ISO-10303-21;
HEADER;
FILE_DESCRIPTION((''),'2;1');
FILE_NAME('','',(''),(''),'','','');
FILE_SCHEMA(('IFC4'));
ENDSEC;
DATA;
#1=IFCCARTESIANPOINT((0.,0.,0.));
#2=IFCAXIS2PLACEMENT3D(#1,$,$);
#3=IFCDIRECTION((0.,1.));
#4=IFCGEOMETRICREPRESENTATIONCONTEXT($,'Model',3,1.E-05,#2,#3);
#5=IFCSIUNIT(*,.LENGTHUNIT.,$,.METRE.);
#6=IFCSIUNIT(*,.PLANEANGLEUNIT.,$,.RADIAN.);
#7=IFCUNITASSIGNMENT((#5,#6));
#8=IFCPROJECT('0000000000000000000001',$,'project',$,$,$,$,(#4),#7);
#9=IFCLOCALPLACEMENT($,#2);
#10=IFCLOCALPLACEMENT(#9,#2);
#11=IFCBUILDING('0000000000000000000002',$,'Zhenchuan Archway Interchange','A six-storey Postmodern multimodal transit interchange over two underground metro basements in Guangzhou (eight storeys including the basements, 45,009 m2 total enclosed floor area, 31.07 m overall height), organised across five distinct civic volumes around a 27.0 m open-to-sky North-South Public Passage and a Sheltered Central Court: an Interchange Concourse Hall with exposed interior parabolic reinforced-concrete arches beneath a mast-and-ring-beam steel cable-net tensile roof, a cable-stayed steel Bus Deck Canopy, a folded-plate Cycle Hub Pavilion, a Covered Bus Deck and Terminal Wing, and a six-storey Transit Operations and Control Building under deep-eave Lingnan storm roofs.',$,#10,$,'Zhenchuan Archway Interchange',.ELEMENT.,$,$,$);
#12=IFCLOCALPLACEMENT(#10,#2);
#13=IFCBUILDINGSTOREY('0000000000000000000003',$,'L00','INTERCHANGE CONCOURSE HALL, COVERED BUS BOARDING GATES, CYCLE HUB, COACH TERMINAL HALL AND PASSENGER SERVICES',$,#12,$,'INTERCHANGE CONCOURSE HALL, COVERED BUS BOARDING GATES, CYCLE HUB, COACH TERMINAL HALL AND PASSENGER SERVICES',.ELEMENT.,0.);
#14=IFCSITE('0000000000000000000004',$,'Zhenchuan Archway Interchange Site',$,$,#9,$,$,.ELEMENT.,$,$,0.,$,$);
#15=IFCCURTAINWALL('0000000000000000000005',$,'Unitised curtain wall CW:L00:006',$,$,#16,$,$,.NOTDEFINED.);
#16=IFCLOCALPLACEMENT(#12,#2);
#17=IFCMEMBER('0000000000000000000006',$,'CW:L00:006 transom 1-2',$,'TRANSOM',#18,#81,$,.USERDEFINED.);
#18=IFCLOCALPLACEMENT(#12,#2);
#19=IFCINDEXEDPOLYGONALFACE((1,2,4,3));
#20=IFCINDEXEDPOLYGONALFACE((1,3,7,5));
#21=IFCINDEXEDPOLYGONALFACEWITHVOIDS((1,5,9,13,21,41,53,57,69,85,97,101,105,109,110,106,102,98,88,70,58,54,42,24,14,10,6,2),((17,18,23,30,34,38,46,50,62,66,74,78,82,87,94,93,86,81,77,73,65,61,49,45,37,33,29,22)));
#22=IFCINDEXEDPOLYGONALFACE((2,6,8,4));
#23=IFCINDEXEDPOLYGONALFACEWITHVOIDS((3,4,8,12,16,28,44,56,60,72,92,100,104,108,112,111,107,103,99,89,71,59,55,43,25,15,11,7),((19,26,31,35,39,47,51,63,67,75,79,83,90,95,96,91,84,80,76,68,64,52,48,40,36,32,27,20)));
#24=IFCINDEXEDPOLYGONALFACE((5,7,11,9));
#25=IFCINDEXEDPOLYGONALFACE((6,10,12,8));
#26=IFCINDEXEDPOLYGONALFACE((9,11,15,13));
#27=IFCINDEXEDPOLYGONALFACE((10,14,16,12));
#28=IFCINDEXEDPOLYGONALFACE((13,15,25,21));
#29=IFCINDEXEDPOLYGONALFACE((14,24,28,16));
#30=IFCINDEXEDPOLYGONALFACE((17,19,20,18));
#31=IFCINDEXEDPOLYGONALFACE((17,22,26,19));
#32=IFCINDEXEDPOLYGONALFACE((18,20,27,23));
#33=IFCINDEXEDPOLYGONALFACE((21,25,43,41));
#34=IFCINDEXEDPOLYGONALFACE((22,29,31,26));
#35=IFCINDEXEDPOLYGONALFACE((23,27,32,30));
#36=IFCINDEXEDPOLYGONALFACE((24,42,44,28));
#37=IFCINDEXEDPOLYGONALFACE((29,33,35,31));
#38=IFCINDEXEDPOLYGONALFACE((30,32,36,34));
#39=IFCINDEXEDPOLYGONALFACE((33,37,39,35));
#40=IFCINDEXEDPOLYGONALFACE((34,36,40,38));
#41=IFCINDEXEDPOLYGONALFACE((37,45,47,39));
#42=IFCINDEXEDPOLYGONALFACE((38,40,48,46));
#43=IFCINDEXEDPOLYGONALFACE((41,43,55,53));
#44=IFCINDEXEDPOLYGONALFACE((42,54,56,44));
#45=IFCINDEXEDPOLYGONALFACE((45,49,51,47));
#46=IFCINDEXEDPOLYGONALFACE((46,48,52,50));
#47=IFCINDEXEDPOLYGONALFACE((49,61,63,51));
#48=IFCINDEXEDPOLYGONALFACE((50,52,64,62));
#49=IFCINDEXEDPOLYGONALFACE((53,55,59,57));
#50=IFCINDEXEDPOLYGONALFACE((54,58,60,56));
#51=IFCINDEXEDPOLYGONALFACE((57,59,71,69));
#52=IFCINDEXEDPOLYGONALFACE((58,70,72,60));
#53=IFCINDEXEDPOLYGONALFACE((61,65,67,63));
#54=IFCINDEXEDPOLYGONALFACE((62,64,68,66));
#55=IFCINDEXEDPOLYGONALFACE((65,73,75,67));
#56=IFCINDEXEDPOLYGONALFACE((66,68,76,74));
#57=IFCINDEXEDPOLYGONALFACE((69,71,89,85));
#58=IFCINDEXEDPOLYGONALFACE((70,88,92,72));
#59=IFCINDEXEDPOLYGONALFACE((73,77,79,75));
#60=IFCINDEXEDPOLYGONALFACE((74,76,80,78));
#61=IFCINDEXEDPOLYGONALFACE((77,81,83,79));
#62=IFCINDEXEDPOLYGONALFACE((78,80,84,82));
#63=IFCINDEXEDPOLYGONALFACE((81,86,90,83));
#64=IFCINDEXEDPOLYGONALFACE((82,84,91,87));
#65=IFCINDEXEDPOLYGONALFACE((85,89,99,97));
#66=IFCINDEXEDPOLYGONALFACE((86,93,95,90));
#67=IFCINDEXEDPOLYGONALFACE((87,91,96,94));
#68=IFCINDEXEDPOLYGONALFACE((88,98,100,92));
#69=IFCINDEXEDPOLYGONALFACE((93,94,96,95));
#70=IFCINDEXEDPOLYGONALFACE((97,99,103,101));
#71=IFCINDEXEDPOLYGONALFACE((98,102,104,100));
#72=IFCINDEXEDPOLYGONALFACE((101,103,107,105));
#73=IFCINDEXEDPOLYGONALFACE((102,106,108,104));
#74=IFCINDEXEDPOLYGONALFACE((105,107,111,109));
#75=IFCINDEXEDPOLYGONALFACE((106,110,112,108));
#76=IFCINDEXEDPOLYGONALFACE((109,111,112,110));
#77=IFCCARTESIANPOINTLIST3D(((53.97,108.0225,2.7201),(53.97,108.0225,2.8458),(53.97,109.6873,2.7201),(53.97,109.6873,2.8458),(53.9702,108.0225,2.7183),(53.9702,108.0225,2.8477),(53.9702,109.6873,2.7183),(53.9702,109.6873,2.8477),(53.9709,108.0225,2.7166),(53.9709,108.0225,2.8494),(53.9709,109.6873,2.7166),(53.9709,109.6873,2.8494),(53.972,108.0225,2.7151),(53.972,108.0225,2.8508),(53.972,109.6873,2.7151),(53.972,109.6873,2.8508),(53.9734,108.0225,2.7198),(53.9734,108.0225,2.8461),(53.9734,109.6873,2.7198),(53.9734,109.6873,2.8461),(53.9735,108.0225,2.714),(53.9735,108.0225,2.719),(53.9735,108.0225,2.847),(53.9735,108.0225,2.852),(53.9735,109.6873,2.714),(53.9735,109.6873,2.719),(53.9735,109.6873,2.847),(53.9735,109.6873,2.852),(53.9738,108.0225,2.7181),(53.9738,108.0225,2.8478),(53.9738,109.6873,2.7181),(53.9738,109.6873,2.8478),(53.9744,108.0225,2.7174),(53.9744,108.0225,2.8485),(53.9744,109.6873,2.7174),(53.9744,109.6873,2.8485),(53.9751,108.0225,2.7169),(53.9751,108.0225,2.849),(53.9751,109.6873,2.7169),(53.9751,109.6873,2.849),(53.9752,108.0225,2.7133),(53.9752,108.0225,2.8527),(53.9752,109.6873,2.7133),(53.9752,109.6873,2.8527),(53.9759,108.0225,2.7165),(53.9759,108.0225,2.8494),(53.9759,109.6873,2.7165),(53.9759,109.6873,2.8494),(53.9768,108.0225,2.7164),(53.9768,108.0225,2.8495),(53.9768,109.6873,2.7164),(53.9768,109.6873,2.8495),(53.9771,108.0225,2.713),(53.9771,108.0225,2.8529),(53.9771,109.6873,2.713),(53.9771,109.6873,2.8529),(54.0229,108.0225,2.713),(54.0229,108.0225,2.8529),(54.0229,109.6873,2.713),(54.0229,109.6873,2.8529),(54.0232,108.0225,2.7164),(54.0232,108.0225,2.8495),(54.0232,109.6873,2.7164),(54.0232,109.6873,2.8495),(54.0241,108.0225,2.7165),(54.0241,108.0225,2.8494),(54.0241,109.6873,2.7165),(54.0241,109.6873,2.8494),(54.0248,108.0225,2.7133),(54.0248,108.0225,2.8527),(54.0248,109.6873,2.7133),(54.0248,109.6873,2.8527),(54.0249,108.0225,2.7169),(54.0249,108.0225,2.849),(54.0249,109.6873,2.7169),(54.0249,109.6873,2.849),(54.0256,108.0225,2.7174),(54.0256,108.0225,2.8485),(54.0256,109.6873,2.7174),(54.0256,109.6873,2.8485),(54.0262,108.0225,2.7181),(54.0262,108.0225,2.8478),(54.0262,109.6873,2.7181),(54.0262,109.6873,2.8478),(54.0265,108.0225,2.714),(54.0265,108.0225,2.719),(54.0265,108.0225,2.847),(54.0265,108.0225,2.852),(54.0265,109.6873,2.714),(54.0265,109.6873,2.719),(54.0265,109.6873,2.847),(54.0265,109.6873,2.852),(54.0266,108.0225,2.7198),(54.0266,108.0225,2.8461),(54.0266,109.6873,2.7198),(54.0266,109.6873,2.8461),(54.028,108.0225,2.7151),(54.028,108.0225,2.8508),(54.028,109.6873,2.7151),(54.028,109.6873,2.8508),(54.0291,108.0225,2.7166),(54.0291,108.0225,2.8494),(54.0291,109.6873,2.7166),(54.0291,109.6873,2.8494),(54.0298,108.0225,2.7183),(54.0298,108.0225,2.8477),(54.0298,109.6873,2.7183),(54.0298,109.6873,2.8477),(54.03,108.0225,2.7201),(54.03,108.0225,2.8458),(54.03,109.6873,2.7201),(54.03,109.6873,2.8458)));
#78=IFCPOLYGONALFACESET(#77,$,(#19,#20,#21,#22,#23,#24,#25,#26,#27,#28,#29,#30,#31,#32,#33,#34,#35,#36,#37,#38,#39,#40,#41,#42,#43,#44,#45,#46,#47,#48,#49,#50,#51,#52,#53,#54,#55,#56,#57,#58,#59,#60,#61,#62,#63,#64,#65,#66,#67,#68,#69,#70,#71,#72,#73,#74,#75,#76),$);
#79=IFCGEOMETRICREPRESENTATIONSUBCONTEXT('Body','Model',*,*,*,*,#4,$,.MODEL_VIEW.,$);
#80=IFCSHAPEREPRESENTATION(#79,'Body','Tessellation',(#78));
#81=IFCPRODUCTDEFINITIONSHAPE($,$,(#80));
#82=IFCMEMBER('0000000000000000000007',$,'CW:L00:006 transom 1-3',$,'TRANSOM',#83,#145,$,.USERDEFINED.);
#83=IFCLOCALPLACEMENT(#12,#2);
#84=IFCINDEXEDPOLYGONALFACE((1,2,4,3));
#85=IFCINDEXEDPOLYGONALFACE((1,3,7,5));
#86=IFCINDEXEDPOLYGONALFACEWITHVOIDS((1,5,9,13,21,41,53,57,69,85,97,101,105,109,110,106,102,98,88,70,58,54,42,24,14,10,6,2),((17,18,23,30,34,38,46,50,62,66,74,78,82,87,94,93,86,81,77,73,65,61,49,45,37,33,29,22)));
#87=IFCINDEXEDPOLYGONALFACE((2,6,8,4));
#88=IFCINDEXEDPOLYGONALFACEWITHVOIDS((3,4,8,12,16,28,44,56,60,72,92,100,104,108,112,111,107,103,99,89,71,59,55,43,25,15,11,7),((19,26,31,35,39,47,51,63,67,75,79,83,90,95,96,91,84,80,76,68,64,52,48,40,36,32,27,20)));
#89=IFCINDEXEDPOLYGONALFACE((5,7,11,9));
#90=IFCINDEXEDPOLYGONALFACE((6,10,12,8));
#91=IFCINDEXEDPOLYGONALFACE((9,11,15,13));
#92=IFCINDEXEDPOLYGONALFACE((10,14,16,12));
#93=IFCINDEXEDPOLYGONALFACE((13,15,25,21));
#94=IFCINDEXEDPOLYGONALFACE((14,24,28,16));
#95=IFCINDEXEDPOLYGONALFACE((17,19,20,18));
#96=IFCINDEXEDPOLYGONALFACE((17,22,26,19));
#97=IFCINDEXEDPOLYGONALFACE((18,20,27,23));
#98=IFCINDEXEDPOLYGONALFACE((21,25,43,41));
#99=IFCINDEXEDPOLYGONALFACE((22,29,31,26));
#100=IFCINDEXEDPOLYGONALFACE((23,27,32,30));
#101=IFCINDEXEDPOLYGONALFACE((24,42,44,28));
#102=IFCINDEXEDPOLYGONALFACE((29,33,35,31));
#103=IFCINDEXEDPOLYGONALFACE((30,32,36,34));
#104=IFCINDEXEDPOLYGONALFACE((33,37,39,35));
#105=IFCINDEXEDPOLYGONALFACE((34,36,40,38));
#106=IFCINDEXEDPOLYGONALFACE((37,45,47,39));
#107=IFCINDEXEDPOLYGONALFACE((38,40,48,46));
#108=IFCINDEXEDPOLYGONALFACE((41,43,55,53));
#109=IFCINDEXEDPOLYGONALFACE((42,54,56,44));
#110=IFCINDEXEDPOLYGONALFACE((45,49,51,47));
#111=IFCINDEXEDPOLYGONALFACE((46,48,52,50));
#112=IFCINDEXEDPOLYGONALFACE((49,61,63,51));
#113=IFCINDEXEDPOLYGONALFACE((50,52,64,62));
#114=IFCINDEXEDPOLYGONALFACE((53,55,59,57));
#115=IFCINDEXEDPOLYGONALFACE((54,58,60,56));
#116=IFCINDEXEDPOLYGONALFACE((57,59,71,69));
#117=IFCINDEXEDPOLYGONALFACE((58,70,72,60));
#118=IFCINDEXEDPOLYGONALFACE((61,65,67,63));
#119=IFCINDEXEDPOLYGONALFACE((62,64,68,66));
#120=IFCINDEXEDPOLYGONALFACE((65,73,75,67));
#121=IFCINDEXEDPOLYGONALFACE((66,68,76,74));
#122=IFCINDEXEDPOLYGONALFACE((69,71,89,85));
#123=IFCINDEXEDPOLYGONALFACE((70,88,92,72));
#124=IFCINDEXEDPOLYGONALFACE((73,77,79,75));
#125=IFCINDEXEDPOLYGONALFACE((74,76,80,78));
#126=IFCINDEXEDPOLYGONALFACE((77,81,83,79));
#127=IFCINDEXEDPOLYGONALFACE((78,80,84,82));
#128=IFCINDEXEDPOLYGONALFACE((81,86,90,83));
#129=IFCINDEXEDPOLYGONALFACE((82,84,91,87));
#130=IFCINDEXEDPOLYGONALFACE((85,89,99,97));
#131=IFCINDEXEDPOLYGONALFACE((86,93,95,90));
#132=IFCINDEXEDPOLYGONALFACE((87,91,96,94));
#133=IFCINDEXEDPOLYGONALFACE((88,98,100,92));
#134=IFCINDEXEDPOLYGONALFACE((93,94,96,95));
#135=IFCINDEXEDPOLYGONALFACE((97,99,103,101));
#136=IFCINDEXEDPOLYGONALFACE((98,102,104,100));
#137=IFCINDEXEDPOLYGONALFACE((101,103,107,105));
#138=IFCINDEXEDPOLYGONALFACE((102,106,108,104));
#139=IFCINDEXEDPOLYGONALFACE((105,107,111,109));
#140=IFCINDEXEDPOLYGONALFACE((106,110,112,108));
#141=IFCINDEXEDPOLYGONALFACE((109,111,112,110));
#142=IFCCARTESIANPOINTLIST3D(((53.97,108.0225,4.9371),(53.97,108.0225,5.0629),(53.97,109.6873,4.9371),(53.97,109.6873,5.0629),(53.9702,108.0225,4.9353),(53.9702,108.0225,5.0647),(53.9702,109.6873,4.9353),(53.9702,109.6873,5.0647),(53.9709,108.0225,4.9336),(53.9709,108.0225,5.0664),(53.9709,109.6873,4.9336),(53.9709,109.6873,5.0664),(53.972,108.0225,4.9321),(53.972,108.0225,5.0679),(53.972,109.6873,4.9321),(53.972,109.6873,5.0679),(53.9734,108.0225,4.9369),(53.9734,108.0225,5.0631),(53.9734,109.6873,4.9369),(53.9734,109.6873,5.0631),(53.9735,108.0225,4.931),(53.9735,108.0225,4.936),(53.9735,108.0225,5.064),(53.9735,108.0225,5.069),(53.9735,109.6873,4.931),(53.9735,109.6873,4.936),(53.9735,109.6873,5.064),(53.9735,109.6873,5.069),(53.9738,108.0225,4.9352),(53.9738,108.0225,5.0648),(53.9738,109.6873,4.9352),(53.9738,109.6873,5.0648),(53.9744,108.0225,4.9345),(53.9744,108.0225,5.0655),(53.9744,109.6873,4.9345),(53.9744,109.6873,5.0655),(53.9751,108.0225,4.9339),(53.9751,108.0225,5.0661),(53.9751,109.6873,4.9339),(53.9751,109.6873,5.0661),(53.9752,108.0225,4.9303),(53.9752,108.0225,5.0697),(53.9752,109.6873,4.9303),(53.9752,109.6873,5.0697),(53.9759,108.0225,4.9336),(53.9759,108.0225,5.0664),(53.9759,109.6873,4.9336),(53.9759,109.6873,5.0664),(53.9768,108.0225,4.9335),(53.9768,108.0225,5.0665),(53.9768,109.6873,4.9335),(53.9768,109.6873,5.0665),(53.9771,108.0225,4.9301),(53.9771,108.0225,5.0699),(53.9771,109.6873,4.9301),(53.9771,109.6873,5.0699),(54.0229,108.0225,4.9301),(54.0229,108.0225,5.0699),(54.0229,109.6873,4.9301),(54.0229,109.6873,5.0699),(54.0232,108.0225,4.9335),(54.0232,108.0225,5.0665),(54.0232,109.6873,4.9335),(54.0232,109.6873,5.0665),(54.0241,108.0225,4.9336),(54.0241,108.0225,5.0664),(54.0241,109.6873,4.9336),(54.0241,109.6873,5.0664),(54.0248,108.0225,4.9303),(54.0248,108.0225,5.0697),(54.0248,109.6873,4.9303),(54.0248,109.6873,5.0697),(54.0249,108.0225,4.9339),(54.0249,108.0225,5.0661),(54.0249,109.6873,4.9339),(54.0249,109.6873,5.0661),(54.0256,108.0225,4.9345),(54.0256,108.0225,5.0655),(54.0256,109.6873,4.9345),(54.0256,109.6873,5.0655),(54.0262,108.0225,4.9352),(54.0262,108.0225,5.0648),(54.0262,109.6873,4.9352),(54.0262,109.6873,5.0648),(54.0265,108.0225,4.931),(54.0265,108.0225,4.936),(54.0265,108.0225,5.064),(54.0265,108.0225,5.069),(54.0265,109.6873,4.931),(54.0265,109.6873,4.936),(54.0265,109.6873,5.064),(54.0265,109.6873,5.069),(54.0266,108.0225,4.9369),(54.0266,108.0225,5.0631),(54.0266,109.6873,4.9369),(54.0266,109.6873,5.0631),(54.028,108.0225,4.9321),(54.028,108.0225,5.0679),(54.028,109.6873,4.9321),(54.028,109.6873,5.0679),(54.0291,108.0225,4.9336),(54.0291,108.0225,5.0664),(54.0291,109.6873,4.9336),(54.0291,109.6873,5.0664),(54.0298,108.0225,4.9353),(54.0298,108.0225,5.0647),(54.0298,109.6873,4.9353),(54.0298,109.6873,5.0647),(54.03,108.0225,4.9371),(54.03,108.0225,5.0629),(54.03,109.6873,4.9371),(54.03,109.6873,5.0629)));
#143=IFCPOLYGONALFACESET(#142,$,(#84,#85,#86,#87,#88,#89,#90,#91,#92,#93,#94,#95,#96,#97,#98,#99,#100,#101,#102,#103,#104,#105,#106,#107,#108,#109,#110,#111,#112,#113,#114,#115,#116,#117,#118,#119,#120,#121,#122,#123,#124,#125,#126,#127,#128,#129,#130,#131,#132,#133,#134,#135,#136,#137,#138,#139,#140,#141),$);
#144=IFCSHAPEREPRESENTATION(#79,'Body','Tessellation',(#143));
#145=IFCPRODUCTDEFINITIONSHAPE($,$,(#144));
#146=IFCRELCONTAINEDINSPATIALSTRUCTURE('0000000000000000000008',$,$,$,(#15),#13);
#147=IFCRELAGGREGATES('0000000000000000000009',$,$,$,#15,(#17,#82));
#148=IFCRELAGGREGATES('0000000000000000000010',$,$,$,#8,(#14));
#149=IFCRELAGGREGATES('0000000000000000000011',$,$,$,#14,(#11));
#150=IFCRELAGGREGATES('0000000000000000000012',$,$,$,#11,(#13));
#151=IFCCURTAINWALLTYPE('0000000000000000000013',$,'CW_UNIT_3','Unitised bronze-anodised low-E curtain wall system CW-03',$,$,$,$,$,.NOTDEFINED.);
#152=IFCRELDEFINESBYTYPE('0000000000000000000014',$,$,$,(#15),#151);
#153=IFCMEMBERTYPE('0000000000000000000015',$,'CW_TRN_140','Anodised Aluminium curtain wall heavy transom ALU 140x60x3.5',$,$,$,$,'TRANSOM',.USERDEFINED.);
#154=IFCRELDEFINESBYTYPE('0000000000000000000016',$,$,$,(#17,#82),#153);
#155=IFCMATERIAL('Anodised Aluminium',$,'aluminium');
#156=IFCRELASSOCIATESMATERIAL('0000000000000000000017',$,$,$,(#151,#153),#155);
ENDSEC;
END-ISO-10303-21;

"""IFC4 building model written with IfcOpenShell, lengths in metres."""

from ifc_helpers import new_model, si_unit, direction, frame, origin, origin_2d, place, context, subcontext, project, spatial, hollow_rectangle, extrude, material, material_profile, profile_set, type_object, element, aggregate, save


model = new_model("IFC4")

# Units and contexts
model_context = context("Model", 3, precision=1e-05, world=origin(), true_north=direction((0.0, 1.0)))
body_context = subcontext(model_context, "Body", "Model", "MODEL_VIEW")
ifc_project = project(units=[si_unit("LENGTHUNIT", "METRE"), si_unit("PLANEANGLEUNIT", "RADIAN")], contexts=[model_context])

# Site, building, storey
site_placement = place(None, origin())
site = spatial("IfcSite", under=ifc_project, at=site_placement, Name="Zhenchuan Archway Interchange Site", CompositionType="ELEMENT", RefElevation=0.0)
building_placement = place(site_placement, origin())
building = spatial("IfcBuilding", under=site, at=building_placement, Name="Zhenchuan Archway Interchange", Description="A six-storey Postmodern multimodal transit interchange over two underground metro basements in Guangzhou (eight storeys including the basements, 45,009 m2 total enclosed floor area, 31.07 m overall height), organised across five distinct civic volumes around a 27.0 m open-to-sky North-South Public Passage and a Sheltered Central Court: an Interchange Concourse Hall with exposed interior parabolic reinforced-concrete arches beneath a mast-and-ring-beam steel cable-net tensile roof, a cable-stayed steel Bus Deck Canopy, a folded-plate Cycle Hub Pavilion, a Covered Bus Deck and Terminal Wing, and a six-storey Transit Operations and Control Building under deep-eave Lingnan storm roofs.", LongName="Zhenchuan Archway Interchange", CompositionType="ELEMENT")
storey_placement = place(building_placement, origin())
storey = spatial("IfcBuildingStorey", under=building, at=storey_placement, Name="L00", Description="INTERCHANGE CONCOURSE HALL, COVERED BUS BOARDING GATES, CYCLE HUB, COACH TERMINAL HALL AND PASSENGER SERVICES", LongName="INTERCHANGE CONCOURSE HALL, COVERED BUS BOARDING GATES, CYCLE HUB, COACH TERMINAL HALL AND PASSENGER SERVICES", CompositionType="ELEMENT", Elevation=0.0)

# Curtain wall, members
ifc_material_1 = material(Name="Anodised Aluminium", Category="aluminium")
curtain_wall_type = type_object("IfcCurtainWallType", Name="CW_UNIT_3", Description="Unitised bronze-anodised low-E curtain wall system CW-03", PredefinedType="NOTDEFINED", material=ifc_material_1)
curtain_wall_placement = place(storey_placement, origin())
curtain_wall = element("IfcCurtainWall", 1, at=curtain_wall_placement, inside=storey, type_object=curtain_wall_type, Name="Unitised curtain wall CW:L00:006", PredefinedType="NOTDEFINED")
ifc_material_profile_1 = material_profile(ifc_material_1, hollow_rectangle(XDim=0.0601, YDim=0.1399, WallThickness=0.0034, InnerFilletRadius=0.0034, OuterFilletRadius=0.0071, at=origin_2d()), Name="ALU 140x60x3.5")
ifc_profile_set_1 = profile_set([ifc_material_profile_1], Name="Anodised Aluminium")
member_type_1 = type_object("IfcMemberType", Name="CW_TRN_140", Description="Anodised Aluminium curtain wall heavy transom ALU 140x60x3.5", ElementType="TRANSOM", PredefinedType="USERDEFINED", material=ifc_profile_set_1)
member_1_placement = place(storey_placement, frame((54.0, 109.6873, 2.783), z_axis=(0.0, -1.0, 0.0), x_axis=(1.0, 0.0, 0.0)))
member_1 = element("IfcMember", 2, at=member_1_placement, type_object=member_type_1, Name="CW:L00:006 transom 1-2", ObjectType="TRANSOM", PredefinedType="USERDEFINED", context=body_context, shape_type="SweptSolid", body=[
    extrude(hollow_rectangle(XDim=0.0601, YDim=0.1399, WallThickness=0.0034, InnerFilletRadius=0.0034, OuterFilletRadius=0.0071, at=origin_2d()), origin(), (0.0, 0.0, 1.0), 1.6648),
])
member_2_placement = place(storey_placement, frame((54.0, 109.6873, 5.0), z_axis=(0.0, -1.0, 0.0), x_axis=(1.0, 0.0, 0.0)))
member_2 = element("IfcMember", 3, at=member_2_placement, type_object=member_type_1, Name="CW:L00:006 transom 1-3", ObjectType="TRANSOM", PredefinedType="USERDEFINED", context=body_context, shape_type="SweptSolid", body=[
    extrude(hollow_rectangle(XDim=0.0601, YDim=0.1399, WallThickness=0.0034, InnerFilletRadius=0.0034, OuterFilletRadius=0.0071, at=origin_2d()), origin(), (0.0, 0.0, 1.0), 1.6648),
])
aggregate(curtain_wall, [member_1, member_2])

save(model, "model.ifc")
